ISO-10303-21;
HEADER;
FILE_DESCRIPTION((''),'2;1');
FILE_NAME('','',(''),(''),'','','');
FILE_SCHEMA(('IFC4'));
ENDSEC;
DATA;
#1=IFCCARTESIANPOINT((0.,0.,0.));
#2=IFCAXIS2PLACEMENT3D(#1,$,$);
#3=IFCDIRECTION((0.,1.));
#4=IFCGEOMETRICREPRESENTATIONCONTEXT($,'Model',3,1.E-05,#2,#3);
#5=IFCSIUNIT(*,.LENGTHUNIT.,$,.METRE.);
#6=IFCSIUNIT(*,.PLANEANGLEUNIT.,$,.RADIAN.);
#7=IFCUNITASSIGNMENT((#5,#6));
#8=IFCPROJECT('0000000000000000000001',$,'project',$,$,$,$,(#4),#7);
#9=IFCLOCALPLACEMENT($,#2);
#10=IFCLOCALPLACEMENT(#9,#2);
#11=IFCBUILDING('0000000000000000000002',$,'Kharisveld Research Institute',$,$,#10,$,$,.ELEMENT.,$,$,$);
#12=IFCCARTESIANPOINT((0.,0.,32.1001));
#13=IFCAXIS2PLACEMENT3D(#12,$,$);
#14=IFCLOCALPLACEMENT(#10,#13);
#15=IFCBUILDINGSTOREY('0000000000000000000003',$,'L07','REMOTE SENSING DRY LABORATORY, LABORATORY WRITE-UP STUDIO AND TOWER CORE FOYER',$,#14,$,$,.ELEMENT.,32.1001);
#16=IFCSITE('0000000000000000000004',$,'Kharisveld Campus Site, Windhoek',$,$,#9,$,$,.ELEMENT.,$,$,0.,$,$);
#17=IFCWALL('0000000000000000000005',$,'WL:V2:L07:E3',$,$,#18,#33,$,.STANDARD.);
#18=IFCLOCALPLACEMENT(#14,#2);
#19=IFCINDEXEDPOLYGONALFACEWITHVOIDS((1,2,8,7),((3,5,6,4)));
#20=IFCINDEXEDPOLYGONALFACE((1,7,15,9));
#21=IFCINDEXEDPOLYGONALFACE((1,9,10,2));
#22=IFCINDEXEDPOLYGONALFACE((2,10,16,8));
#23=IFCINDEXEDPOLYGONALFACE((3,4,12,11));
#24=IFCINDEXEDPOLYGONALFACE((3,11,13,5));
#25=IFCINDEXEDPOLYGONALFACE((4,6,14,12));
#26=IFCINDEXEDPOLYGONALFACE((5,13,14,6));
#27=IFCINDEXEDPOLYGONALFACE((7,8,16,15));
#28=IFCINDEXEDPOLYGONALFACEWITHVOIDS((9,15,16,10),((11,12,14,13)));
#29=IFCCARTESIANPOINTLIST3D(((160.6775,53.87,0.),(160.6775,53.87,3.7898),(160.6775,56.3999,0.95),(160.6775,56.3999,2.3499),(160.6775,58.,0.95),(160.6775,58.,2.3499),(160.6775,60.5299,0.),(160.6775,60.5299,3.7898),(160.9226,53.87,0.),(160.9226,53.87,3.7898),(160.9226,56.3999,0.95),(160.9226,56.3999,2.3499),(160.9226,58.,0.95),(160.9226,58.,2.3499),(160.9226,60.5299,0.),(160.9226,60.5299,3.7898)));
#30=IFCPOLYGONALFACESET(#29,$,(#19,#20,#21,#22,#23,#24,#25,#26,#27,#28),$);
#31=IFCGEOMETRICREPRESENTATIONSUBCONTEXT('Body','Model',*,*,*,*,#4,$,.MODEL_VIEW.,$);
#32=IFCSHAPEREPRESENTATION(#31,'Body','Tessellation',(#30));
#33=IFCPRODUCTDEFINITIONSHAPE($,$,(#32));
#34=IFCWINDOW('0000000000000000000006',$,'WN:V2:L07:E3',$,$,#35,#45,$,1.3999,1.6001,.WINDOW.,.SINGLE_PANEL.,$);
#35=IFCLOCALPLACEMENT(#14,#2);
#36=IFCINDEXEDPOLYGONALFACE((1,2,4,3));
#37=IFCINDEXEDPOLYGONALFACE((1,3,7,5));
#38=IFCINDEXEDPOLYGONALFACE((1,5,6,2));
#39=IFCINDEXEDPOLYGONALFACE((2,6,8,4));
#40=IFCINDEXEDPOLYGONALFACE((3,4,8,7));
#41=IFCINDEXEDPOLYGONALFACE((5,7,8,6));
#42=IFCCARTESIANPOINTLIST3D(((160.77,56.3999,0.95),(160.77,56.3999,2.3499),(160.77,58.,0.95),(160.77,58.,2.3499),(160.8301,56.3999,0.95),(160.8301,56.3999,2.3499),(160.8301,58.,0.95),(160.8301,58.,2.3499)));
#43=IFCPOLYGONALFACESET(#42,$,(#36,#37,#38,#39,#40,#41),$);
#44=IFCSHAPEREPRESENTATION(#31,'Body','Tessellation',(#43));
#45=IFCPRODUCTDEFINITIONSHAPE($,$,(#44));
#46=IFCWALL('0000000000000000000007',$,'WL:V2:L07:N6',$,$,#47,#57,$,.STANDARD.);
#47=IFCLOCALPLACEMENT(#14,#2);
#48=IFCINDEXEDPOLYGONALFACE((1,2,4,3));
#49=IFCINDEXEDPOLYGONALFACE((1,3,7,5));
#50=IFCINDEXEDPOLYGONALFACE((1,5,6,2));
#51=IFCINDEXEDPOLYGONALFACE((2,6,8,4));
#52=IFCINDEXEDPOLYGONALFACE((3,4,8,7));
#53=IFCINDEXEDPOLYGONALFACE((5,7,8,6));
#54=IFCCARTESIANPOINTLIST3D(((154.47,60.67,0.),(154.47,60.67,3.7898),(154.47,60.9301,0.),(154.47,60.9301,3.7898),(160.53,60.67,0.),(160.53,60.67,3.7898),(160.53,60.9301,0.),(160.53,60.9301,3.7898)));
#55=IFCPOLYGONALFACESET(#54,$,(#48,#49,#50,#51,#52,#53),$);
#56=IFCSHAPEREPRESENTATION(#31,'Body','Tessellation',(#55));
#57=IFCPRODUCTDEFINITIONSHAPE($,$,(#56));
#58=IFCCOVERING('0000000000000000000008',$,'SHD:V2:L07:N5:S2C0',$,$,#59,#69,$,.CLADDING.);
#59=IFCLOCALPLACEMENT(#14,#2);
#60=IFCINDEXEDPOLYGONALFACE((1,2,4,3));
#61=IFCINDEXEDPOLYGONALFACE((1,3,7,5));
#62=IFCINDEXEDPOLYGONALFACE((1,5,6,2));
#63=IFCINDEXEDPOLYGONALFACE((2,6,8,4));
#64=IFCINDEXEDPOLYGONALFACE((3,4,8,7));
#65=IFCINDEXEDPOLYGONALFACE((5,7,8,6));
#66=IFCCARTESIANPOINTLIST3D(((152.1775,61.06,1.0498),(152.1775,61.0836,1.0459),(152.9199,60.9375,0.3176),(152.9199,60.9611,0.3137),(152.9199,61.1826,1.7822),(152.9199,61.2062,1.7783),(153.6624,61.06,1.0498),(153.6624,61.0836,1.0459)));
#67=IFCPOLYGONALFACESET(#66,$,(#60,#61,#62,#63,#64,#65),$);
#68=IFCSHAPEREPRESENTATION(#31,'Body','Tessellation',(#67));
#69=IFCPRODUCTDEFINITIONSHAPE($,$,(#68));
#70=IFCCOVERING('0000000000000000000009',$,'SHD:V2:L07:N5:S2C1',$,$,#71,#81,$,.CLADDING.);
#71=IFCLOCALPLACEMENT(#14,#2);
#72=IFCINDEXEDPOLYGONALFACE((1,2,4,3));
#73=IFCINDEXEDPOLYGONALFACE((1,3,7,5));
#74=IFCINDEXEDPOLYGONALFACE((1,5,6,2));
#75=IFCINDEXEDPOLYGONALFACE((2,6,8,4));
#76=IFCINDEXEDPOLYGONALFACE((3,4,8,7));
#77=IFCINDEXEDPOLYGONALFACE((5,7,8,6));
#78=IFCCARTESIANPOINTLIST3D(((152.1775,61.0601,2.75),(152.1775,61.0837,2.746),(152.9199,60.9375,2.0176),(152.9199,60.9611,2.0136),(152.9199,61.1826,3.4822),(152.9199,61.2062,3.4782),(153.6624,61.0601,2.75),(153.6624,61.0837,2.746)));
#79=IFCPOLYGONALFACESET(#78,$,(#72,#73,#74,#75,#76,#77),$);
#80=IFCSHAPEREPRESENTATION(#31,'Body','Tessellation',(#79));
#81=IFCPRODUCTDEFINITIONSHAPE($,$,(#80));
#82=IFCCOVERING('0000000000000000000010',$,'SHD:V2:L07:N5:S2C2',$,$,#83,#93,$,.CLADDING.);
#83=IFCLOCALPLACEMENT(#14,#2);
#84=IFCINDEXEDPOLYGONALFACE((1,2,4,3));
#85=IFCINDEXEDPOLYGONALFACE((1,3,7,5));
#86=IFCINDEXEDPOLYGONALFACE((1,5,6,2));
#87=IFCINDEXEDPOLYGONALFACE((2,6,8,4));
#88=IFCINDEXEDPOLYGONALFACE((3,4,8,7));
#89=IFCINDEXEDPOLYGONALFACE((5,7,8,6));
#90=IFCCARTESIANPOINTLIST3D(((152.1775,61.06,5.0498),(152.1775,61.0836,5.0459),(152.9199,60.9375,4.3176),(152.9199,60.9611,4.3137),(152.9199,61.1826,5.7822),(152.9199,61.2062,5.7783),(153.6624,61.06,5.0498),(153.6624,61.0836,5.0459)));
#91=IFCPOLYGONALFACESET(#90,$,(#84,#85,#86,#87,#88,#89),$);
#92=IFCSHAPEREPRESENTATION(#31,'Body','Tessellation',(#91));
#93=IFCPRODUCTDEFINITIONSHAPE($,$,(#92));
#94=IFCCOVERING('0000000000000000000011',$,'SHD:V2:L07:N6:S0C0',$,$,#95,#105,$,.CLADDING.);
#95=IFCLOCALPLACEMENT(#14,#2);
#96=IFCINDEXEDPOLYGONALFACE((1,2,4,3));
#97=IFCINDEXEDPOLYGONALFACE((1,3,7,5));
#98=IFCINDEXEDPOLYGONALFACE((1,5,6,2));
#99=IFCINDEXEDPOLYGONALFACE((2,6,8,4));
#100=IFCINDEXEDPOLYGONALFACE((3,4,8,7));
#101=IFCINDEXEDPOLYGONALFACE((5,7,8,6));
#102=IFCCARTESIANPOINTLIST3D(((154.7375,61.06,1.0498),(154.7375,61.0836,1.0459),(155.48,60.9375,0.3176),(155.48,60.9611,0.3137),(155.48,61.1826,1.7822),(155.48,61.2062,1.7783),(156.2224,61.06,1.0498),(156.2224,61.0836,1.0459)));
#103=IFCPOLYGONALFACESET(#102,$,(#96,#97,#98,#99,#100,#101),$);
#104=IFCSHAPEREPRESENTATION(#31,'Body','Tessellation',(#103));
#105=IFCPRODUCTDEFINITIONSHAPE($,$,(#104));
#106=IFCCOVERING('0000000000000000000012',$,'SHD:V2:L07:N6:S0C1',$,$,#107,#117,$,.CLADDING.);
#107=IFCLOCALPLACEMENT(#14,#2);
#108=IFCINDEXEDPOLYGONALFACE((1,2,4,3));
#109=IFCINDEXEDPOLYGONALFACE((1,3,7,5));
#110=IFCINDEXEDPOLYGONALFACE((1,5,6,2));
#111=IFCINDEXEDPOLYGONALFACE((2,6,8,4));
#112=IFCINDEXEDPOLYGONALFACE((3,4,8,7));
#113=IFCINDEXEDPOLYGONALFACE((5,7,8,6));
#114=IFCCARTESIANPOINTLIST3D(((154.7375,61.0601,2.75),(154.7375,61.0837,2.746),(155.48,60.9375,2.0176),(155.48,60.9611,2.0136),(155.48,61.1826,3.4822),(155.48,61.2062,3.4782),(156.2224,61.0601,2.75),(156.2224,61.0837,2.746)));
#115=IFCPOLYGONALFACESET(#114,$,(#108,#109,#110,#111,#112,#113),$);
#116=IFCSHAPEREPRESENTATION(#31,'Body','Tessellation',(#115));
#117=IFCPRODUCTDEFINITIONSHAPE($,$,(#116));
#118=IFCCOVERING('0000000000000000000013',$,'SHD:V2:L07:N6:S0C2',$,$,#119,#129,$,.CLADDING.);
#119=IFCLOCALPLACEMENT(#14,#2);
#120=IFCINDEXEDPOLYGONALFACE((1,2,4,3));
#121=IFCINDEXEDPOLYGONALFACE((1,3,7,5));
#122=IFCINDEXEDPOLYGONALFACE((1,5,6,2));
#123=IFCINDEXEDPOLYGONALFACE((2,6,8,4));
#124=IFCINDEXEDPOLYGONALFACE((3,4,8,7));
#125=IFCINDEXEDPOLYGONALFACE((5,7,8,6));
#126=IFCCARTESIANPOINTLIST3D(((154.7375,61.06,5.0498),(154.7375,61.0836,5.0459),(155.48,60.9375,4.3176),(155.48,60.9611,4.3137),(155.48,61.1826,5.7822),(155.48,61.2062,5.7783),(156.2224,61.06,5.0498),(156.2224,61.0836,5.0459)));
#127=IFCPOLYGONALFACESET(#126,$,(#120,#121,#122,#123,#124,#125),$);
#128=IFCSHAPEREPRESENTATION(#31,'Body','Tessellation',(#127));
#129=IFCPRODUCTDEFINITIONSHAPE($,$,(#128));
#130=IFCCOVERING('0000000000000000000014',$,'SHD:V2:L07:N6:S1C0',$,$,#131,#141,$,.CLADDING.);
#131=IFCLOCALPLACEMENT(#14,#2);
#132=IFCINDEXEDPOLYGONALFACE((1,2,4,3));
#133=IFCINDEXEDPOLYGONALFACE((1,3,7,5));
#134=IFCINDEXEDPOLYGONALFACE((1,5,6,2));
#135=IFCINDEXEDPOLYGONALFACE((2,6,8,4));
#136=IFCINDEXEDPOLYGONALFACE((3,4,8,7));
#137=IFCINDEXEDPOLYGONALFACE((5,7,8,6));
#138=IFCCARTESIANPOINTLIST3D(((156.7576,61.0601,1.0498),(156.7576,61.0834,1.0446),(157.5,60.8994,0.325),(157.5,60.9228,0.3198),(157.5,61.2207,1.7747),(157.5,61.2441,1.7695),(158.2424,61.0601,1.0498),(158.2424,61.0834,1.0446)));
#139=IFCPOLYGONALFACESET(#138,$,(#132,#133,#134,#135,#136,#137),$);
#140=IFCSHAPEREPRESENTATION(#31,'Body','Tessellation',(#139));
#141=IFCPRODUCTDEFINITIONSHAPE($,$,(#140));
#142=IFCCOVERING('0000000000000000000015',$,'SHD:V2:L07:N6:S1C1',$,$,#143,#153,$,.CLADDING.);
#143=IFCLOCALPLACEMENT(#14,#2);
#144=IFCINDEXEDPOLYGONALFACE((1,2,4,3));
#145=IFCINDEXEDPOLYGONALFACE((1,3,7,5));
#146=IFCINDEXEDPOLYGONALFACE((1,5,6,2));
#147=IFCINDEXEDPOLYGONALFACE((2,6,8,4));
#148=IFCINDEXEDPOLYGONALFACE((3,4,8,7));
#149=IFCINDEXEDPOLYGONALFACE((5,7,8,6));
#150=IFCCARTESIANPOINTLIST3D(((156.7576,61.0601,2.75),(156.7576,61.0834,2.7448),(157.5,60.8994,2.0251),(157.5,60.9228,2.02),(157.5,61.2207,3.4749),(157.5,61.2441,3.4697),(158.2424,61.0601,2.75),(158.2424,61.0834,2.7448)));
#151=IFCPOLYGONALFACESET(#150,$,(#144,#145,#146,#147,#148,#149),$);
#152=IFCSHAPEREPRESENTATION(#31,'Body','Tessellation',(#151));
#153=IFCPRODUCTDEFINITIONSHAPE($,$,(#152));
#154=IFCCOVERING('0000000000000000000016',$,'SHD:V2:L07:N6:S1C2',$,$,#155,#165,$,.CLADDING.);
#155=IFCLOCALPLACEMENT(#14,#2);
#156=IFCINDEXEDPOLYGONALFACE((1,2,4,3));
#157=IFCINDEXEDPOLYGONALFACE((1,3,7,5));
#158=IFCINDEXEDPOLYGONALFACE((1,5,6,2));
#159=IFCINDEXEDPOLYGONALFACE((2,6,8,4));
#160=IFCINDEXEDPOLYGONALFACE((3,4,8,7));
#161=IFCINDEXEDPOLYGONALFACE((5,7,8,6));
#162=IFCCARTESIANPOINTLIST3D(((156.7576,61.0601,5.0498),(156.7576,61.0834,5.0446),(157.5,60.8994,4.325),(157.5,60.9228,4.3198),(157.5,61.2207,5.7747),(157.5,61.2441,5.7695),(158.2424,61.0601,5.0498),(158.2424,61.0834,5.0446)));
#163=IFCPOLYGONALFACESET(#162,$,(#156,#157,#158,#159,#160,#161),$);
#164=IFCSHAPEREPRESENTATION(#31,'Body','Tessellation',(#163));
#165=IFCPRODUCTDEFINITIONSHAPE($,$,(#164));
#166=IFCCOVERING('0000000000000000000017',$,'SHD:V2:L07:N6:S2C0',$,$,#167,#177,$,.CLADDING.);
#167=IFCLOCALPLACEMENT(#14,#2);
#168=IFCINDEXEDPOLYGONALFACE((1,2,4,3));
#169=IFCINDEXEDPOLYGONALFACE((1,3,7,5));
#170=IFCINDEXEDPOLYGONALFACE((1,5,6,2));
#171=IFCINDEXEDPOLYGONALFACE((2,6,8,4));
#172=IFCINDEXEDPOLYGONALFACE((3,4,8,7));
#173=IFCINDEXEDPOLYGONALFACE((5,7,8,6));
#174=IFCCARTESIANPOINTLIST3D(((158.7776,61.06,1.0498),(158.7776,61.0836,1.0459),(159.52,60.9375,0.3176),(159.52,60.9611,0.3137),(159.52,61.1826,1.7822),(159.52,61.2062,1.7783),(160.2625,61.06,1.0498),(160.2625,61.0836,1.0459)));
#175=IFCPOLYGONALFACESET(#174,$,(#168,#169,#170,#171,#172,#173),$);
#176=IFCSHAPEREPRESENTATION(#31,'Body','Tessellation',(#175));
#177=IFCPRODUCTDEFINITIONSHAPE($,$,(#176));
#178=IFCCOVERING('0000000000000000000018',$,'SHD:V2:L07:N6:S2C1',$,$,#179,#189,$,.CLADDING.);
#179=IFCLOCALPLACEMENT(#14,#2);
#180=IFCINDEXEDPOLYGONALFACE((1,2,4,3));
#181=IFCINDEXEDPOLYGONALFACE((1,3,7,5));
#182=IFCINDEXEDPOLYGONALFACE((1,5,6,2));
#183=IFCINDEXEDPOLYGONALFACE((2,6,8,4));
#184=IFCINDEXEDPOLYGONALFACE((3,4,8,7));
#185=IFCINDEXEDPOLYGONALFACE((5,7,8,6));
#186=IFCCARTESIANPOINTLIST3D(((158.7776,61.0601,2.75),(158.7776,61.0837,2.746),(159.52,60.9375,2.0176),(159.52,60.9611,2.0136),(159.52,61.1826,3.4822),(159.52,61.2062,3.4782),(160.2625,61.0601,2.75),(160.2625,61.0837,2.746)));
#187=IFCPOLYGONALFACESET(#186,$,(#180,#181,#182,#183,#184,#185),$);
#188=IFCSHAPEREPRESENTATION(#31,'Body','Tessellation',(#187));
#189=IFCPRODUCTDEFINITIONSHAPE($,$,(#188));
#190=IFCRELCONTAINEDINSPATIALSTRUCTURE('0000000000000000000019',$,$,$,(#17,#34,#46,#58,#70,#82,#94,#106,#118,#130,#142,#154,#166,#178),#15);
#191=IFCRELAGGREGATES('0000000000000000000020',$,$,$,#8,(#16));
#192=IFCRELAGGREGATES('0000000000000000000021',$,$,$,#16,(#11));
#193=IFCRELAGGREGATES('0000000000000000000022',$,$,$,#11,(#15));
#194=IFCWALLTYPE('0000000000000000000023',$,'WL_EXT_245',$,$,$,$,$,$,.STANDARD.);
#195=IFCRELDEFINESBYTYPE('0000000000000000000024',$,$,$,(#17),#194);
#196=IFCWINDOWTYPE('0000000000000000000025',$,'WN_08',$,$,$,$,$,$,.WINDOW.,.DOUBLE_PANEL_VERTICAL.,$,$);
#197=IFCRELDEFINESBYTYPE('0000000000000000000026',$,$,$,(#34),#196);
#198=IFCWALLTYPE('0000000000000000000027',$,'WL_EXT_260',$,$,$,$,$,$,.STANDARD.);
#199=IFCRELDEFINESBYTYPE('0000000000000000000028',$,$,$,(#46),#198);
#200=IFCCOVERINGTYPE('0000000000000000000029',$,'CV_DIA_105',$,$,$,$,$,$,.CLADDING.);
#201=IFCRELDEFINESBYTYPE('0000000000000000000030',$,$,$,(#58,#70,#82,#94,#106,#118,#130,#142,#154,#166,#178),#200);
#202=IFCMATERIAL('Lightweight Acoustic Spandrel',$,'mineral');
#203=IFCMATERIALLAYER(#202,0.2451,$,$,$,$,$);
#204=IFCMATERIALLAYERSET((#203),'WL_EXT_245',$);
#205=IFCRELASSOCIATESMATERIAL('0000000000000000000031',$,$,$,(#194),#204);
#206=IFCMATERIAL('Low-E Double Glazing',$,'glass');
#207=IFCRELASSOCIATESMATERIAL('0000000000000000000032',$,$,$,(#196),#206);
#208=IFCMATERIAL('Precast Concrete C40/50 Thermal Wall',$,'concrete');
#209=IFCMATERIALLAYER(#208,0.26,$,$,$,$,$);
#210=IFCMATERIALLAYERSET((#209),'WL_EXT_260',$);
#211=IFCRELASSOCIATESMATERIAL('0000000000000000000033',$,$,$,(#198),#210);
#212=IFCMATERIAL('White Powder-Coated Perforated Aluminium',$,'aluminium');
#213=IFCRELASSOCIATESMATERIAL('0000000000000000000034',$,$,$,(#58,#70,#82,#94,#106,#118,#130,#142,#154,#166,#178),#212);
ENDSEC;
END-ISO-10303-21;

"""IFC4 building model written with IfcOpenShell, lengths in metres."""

from ifc_helpers import new_model, si_unit, direction, frame, frame_2d, origin, place, context, subcontext, project, spatial, polyline, rectangle, outline, extrude, material, layer, layer_set, type_object, element, fill, save


model = new_model("IFC4")

# Units and contexts
model_context = context("Model", 3, precision=1e-05, world=origin(), true_north=direction((0.0, 1.0)))
body_context = subcontext(model_context, "Body", "Model", "MODEL_VIEW")
ifc_project = project(units=[si_unit("LENGTHUNIT", "METRE"), si_unit("PLANEANGLEUNIT", "RADIAN")], contexts=[model_context])

# Site, building, storey
site_placement = place(None, origin())
site = spatial("IfcSite", under=ifc_project, at=site_placement, Name="Kharisveld Campus Site, Windhoek", CompositionType="ELEMENT", RefElevation=0.0)
building_placement = place(site_placement, origin())
building = spatial("IfcBuilding", under=site, at=building_placement, Name="Kharisveld Research Institute", CompositionType="ELEMENT")
storey_placement = place(building_placement, frame((0.0, 0.0, 32.1001)))
storey = spatial("IfcBuildingStorey", under=building, at=storey_placement, Name="L07", Description="REMOTE SENSING DRY LABORATORY, LABORATORY WRITE-UP STUDIO AND TOWER CORE FOYER", CompositionType="ELEMENT", Elevation=32.1001)

# Wall, opening, window
ifc_material_1 = material(Name="Lightweight Acoustic Spandrel", Category="mineral")
ifc_layer_1 = layer(ifc_material_1, 0.2451)
ifc_layer_set_1 = layer_set([ifc_layer_1], Name="WL_EXT_245")
wall_type_1 = type_object("IfcWallType", Name="WL_EXT_245", PredefinedType="STANDARD", material=ifc_layer_set_1)
wall_1_placement = place(storey_placement, frame((160.8, 60.53, 0.0), z_axis=(0.0, 0.0, 1.0), x_axis=(0.0, -1.0, 0.0)))
wall_1 = element("IfcWall", 1, at=wall_1_placement, inside=storey, type_object=wall_type_1, Name="WL:V2:L07:E3", PredefinedType="STANDARD", context=body_context, shape_type="SweptSolid", body=[
    extrude(rectangle(XDim=6.6599, YDim=0.2451, at=frame_2d((3.3301, 0.0))), origin(), (0.0, 0.0, 1.0), 3.7898),
])
opening_placement = place(wall_1_placement, frame((2.53, 0.0, 0.95)))
opening = element("IfcOpeningElement", 2, at=opening_placement, cuts=wall_1, PredefinedType="OPENING", context=body_context, shape_type="SweptSolid", body=[
    extrude(rectangle(XDim=1.6001, YDim=1.3999, at=frame_2d((0.8, 0.7))), frame((0.0, 0.1226, 0.0), z_axis=(0.0, -1.0, 0.0), x_axis=(1.0, 0.0, 0.0)), (0.0, 0.0, 1.0), 0.2451),
])
ifc_material_2 = material(Name="Low-E Double Glazing", Category="glass")
window_type = type_object("IfcWindowType", Name="WN_08", PartitioningType="DOUBLE_PANEL_VERTICAL", PredefinedType="WINDOW", material=ifc_material_2)
window_placement = place(opening_placement, origin())
window = element("IfcWindow", 3, at=window_placement, inside=storey, type_object=window_type, Name="WN:V2:L07:E3", OverallHeight=1.3999, OverallWidth=1.6001, PartitioningType="SINGLE_PANEL", PredefinedType="WINDOW", context=body_context, shape_type="SweptSolid", body=[
    extrude(rectangle(XDim=1.6001, YDim=1.3999, at=frame_2d((0.8, 0.7))), frame((0.0, 0.03, 0.0), z_axis=(0.0, -1.0, 0.0), x_axis=(1.0, 0.0, 0.0)), (0.0, 0.0, 1.0), 0.0601),
])
fill(opening, window)

# Wall
ifc_material_3 = material(Name="Precast Concrete C40/50 Thermal Wall", Category="concrete")
ifc_layer_2 = layer(ifc_material_3, 0.26)
ifc_layer_set_2 = layer_set([ifc_layer_2], Name="WL_EXT_260")
wall_type_2 = type_object("IfcWallType", Name="WL_EXT_260", PredefinedType="STANDARD", material=ifc_layer_set_2)
wall_2_placement = place(storey_placement, frame((154.47, 60.8, 0.0), z_axis=(0.0, 0.0, 1.0), x_axis=(1.0, 0.0, 0.0)))
element("IfcWall", 4, at=wall_2_placement, inside=storey, type_object=wall_type_2, Name="WL:V2:L07:N6", PredefinedType="STANDARD", context=body_context, shape_type="SweptSolid", body=[
    extrude(rectangle(XDim=6.0601, YDim=0.26, at=frame_2d((3.03, 0.0))), origin(), (0.0, 0.0, 1.0), 3.7898),
])

# Coverings
ifc_material_4 = material(Name="White Powder-Coated Perforated Aluminium", Category="aluminium")
covering_type = type_object("IfcCoveringType", Name="CV_DIA_105", PredefinedType="CLADDING")
covering_1_placement = place(storey_placement, frame((152.9199, 60.9375, 0.3176), z_axis=(0.0, -0.986283, 0.165065), x_axis=(0.707139, 0.116714, 0.697376)))
element("IfcCovering", 5, at=covering_1_placement, inside=storey, type_object=covering_type, material=ifc_material_4, Name="SHD:V2:L07:N5:S2C0", PredefinedType="CLADDING", context=body_context, shape_type="SweptSolid", body=[
    extrude(outline(polyline([(0.0, 0.0), (1.0499, 0.0), (1.05, 1.0501), (-0.0001, 1.0499), (0.0, 0.0)])), origin(), (0.0, 0.0, -1.0), 0.0239),
])
covering_2_placement = place(storey_placement, frame((152.9199, 60.9375, 2.0176), z_axis=(0.0, -0.986283, 0.165065), x_axis=(0.707024, 0.116733, 0.697489)))
element("IfcCovering", 6, at=covering_2_placement, inside=storey, type_object=covering_type, material=ifc_material_4, Name="SHD:V2:L07:N5:S2C1", PredefinedType="CLADDING", context=body_context, shape_type="SweptSolid", body=[
    extrude(outline(polyline([(0.0, 0.0), (1.0501, 0.0), (1.0502, 1.0499), (0.0002, 1.0501), (0.0, 0.0)])), origin(), (0.0, 0.0, -1.0), 0.0239),
])
for number, where, z_axis, x_axis, name in (
    (7, (152.9199, 60.9375, 4.3176), (0.0, -0.986283, 0.165065), (0.707139, 0.116714, 0.697376), "SHD:V2:L07:N5:S2C2"),
    (8, (155.48, 60.9375, 0.3176), (0.0, -0.986283, 0.165065), (0.707139, 0.116714, 0.697376), "SHD:V2:L07:N6:S0C0"),
):
    element("IfcCovering", number, at=place(storey_placement, frame(where, z_axis=z_axis, x_axis=x_axis)), inside=storey, type_object=covering_type, material=ifc_material_4, Name=name, PredefinedType="CLADDING", context=body_context, shape_type="SweptSolid", body=[
        extrude(outline(polyline([(0.0, 0.0), (1.0499, 0.0), (1.05, 1.0501), (-0.0001, 1.0499), (0.0, 0.0)])), origin(), (0.0, 0.0, -1.0), 0.0239),
    ])
covering_3_placement = place(storey_placement, frame((155.48, 60.9375, 2.0176), z_axis=(0.0, -0.986283, 0.165065), x_axis=(0.707024, 0.116733, 0.697489)))
element("IfcCovering", 9, at=covering_3_placement, inside=storey, type_object=covering_type, material=ifc_material_4, Name="SHD:V2:L07:N6:S0C1", PredefinedType="CLADDING", context=body_context, shape_type="SweptSolid", body=[
    extrude(outline(polyline([(0.0, 0.0), (1.0501, 0.0), (1.0502, 1.0499), (0.0002, 1.0501), (0.0, 0.0)])), origin(), (0.0, 0.0, -1.0), 0.0239),
])
covering_4_placement = place(storey_placement, frame((155.48, 60.9375, 4.3176), z_axis=(0.0, -0.986283, 0.165065), x_axis=(0.707139, 0.116714, 0.697376)))
element("IfcCovering", 10, at=covering_4_placement, inside=storey, type_object=covering_type, material=ifc_material_4, Name="SHD:V2:L07:N6:S0C2", PredefinedType="CLADDING", context=body_context, shape_type="SweptSolid", body=[
    extrude(outline(polyline([(0.0, 0.0), (1.0499, 0.0), (1.05, 1.0501), (-0.0001, 1.0499), (0.0, 0.0)])), origin(), (0.0, 0.0, -1.0), 0.0239),
])
for number, where, z_axis, x_axis, name in (
    (11, (157.5, 60.8994, 0.325), (0.0, -0.976311, 0.216373), (0.707102, 0.153, 0.69036), "SHD:V2:L07:N6:S1C0"),
    (12, (157.5, 60.8994, 2.0251), (0.0, -0.976311, 0.216373), (0.707102, 0.153, 0.69036), "SHD:V2:L07:N6:S1C1"),
    (13, (157.5, 60.8994, 4.325), (0.0, -0.976311, 0.216373), (0.707102, 0.153, 0.69036), "SHD:V2:L07:N6:S1C2"),
):
    element("IfcCovering", number, at=place(storey_placement, frame(where, z_axis=z_axis, x_axis=x_axis)), inside=storey, type_object=covering_type, material=ifc_material_4, Name=name, PredefinedType="CLADDING", context=body_context, shape_type="SweptSolid", body=[
        extrude(outline(polyline([(0.0, 0.0), (1.05, 0.0), (1.05, 1.05), (0.0, 1.05), (0.0, 0.0)])), origin(), (0.0, 0.0, -1.0), 0.0239),
    ])
covering_5_placement = place(storey_placement, frame((159.52, 60.9375, 0.3176), z_axis=(0.0, -0.986283, 0.165065), x_axis=(0.707139, 0.116714, 0.697376)))
element("IfcCovering", 14, at=covering_5_placement, inside=storey, type_object=covering_type, material=ifc_material_4, Name="SHD:V2:L07:N6:S2C0", PredefinedType="CLADDING", context=body_context, shape_type="SweptSolid", body=[
    extrude(outline(polyline([(0.0, 0.0), (1.0499, 0.0), (1.05, 1.0501), (-0.0001, 1.0499), (0.0, 0.0)])), origin(), (0.0, 0.0, -1.0), 0.0239),
])
covering_6_placement = place(storey_placement, frame((159.52, 60.9375, 2.0176), z_axis=(0.0, -0.986283, 0.165065), x_axis=(0.707024, 0.116733, 0.697489)))
element("IfcCovering", 15, at=covering_6_placement, inside=storey, type_object=covering_type, material=ifc_material_4, Name="SHD:V2:L07:N6:S2C1", PredefinedType="CLADDING", context=body_context, shape_type="SweptSolid", body=[
    extrude(outline(polyline([(0.0, 0.0), (1.0501, 0.0), (1.0502, 1.0499), (0.0002, 1.0501), (0.0, 0.0)])), origin(), (0.0, 0.0, -1.0), 0.0239),
])

save(model, "model.ifc")
